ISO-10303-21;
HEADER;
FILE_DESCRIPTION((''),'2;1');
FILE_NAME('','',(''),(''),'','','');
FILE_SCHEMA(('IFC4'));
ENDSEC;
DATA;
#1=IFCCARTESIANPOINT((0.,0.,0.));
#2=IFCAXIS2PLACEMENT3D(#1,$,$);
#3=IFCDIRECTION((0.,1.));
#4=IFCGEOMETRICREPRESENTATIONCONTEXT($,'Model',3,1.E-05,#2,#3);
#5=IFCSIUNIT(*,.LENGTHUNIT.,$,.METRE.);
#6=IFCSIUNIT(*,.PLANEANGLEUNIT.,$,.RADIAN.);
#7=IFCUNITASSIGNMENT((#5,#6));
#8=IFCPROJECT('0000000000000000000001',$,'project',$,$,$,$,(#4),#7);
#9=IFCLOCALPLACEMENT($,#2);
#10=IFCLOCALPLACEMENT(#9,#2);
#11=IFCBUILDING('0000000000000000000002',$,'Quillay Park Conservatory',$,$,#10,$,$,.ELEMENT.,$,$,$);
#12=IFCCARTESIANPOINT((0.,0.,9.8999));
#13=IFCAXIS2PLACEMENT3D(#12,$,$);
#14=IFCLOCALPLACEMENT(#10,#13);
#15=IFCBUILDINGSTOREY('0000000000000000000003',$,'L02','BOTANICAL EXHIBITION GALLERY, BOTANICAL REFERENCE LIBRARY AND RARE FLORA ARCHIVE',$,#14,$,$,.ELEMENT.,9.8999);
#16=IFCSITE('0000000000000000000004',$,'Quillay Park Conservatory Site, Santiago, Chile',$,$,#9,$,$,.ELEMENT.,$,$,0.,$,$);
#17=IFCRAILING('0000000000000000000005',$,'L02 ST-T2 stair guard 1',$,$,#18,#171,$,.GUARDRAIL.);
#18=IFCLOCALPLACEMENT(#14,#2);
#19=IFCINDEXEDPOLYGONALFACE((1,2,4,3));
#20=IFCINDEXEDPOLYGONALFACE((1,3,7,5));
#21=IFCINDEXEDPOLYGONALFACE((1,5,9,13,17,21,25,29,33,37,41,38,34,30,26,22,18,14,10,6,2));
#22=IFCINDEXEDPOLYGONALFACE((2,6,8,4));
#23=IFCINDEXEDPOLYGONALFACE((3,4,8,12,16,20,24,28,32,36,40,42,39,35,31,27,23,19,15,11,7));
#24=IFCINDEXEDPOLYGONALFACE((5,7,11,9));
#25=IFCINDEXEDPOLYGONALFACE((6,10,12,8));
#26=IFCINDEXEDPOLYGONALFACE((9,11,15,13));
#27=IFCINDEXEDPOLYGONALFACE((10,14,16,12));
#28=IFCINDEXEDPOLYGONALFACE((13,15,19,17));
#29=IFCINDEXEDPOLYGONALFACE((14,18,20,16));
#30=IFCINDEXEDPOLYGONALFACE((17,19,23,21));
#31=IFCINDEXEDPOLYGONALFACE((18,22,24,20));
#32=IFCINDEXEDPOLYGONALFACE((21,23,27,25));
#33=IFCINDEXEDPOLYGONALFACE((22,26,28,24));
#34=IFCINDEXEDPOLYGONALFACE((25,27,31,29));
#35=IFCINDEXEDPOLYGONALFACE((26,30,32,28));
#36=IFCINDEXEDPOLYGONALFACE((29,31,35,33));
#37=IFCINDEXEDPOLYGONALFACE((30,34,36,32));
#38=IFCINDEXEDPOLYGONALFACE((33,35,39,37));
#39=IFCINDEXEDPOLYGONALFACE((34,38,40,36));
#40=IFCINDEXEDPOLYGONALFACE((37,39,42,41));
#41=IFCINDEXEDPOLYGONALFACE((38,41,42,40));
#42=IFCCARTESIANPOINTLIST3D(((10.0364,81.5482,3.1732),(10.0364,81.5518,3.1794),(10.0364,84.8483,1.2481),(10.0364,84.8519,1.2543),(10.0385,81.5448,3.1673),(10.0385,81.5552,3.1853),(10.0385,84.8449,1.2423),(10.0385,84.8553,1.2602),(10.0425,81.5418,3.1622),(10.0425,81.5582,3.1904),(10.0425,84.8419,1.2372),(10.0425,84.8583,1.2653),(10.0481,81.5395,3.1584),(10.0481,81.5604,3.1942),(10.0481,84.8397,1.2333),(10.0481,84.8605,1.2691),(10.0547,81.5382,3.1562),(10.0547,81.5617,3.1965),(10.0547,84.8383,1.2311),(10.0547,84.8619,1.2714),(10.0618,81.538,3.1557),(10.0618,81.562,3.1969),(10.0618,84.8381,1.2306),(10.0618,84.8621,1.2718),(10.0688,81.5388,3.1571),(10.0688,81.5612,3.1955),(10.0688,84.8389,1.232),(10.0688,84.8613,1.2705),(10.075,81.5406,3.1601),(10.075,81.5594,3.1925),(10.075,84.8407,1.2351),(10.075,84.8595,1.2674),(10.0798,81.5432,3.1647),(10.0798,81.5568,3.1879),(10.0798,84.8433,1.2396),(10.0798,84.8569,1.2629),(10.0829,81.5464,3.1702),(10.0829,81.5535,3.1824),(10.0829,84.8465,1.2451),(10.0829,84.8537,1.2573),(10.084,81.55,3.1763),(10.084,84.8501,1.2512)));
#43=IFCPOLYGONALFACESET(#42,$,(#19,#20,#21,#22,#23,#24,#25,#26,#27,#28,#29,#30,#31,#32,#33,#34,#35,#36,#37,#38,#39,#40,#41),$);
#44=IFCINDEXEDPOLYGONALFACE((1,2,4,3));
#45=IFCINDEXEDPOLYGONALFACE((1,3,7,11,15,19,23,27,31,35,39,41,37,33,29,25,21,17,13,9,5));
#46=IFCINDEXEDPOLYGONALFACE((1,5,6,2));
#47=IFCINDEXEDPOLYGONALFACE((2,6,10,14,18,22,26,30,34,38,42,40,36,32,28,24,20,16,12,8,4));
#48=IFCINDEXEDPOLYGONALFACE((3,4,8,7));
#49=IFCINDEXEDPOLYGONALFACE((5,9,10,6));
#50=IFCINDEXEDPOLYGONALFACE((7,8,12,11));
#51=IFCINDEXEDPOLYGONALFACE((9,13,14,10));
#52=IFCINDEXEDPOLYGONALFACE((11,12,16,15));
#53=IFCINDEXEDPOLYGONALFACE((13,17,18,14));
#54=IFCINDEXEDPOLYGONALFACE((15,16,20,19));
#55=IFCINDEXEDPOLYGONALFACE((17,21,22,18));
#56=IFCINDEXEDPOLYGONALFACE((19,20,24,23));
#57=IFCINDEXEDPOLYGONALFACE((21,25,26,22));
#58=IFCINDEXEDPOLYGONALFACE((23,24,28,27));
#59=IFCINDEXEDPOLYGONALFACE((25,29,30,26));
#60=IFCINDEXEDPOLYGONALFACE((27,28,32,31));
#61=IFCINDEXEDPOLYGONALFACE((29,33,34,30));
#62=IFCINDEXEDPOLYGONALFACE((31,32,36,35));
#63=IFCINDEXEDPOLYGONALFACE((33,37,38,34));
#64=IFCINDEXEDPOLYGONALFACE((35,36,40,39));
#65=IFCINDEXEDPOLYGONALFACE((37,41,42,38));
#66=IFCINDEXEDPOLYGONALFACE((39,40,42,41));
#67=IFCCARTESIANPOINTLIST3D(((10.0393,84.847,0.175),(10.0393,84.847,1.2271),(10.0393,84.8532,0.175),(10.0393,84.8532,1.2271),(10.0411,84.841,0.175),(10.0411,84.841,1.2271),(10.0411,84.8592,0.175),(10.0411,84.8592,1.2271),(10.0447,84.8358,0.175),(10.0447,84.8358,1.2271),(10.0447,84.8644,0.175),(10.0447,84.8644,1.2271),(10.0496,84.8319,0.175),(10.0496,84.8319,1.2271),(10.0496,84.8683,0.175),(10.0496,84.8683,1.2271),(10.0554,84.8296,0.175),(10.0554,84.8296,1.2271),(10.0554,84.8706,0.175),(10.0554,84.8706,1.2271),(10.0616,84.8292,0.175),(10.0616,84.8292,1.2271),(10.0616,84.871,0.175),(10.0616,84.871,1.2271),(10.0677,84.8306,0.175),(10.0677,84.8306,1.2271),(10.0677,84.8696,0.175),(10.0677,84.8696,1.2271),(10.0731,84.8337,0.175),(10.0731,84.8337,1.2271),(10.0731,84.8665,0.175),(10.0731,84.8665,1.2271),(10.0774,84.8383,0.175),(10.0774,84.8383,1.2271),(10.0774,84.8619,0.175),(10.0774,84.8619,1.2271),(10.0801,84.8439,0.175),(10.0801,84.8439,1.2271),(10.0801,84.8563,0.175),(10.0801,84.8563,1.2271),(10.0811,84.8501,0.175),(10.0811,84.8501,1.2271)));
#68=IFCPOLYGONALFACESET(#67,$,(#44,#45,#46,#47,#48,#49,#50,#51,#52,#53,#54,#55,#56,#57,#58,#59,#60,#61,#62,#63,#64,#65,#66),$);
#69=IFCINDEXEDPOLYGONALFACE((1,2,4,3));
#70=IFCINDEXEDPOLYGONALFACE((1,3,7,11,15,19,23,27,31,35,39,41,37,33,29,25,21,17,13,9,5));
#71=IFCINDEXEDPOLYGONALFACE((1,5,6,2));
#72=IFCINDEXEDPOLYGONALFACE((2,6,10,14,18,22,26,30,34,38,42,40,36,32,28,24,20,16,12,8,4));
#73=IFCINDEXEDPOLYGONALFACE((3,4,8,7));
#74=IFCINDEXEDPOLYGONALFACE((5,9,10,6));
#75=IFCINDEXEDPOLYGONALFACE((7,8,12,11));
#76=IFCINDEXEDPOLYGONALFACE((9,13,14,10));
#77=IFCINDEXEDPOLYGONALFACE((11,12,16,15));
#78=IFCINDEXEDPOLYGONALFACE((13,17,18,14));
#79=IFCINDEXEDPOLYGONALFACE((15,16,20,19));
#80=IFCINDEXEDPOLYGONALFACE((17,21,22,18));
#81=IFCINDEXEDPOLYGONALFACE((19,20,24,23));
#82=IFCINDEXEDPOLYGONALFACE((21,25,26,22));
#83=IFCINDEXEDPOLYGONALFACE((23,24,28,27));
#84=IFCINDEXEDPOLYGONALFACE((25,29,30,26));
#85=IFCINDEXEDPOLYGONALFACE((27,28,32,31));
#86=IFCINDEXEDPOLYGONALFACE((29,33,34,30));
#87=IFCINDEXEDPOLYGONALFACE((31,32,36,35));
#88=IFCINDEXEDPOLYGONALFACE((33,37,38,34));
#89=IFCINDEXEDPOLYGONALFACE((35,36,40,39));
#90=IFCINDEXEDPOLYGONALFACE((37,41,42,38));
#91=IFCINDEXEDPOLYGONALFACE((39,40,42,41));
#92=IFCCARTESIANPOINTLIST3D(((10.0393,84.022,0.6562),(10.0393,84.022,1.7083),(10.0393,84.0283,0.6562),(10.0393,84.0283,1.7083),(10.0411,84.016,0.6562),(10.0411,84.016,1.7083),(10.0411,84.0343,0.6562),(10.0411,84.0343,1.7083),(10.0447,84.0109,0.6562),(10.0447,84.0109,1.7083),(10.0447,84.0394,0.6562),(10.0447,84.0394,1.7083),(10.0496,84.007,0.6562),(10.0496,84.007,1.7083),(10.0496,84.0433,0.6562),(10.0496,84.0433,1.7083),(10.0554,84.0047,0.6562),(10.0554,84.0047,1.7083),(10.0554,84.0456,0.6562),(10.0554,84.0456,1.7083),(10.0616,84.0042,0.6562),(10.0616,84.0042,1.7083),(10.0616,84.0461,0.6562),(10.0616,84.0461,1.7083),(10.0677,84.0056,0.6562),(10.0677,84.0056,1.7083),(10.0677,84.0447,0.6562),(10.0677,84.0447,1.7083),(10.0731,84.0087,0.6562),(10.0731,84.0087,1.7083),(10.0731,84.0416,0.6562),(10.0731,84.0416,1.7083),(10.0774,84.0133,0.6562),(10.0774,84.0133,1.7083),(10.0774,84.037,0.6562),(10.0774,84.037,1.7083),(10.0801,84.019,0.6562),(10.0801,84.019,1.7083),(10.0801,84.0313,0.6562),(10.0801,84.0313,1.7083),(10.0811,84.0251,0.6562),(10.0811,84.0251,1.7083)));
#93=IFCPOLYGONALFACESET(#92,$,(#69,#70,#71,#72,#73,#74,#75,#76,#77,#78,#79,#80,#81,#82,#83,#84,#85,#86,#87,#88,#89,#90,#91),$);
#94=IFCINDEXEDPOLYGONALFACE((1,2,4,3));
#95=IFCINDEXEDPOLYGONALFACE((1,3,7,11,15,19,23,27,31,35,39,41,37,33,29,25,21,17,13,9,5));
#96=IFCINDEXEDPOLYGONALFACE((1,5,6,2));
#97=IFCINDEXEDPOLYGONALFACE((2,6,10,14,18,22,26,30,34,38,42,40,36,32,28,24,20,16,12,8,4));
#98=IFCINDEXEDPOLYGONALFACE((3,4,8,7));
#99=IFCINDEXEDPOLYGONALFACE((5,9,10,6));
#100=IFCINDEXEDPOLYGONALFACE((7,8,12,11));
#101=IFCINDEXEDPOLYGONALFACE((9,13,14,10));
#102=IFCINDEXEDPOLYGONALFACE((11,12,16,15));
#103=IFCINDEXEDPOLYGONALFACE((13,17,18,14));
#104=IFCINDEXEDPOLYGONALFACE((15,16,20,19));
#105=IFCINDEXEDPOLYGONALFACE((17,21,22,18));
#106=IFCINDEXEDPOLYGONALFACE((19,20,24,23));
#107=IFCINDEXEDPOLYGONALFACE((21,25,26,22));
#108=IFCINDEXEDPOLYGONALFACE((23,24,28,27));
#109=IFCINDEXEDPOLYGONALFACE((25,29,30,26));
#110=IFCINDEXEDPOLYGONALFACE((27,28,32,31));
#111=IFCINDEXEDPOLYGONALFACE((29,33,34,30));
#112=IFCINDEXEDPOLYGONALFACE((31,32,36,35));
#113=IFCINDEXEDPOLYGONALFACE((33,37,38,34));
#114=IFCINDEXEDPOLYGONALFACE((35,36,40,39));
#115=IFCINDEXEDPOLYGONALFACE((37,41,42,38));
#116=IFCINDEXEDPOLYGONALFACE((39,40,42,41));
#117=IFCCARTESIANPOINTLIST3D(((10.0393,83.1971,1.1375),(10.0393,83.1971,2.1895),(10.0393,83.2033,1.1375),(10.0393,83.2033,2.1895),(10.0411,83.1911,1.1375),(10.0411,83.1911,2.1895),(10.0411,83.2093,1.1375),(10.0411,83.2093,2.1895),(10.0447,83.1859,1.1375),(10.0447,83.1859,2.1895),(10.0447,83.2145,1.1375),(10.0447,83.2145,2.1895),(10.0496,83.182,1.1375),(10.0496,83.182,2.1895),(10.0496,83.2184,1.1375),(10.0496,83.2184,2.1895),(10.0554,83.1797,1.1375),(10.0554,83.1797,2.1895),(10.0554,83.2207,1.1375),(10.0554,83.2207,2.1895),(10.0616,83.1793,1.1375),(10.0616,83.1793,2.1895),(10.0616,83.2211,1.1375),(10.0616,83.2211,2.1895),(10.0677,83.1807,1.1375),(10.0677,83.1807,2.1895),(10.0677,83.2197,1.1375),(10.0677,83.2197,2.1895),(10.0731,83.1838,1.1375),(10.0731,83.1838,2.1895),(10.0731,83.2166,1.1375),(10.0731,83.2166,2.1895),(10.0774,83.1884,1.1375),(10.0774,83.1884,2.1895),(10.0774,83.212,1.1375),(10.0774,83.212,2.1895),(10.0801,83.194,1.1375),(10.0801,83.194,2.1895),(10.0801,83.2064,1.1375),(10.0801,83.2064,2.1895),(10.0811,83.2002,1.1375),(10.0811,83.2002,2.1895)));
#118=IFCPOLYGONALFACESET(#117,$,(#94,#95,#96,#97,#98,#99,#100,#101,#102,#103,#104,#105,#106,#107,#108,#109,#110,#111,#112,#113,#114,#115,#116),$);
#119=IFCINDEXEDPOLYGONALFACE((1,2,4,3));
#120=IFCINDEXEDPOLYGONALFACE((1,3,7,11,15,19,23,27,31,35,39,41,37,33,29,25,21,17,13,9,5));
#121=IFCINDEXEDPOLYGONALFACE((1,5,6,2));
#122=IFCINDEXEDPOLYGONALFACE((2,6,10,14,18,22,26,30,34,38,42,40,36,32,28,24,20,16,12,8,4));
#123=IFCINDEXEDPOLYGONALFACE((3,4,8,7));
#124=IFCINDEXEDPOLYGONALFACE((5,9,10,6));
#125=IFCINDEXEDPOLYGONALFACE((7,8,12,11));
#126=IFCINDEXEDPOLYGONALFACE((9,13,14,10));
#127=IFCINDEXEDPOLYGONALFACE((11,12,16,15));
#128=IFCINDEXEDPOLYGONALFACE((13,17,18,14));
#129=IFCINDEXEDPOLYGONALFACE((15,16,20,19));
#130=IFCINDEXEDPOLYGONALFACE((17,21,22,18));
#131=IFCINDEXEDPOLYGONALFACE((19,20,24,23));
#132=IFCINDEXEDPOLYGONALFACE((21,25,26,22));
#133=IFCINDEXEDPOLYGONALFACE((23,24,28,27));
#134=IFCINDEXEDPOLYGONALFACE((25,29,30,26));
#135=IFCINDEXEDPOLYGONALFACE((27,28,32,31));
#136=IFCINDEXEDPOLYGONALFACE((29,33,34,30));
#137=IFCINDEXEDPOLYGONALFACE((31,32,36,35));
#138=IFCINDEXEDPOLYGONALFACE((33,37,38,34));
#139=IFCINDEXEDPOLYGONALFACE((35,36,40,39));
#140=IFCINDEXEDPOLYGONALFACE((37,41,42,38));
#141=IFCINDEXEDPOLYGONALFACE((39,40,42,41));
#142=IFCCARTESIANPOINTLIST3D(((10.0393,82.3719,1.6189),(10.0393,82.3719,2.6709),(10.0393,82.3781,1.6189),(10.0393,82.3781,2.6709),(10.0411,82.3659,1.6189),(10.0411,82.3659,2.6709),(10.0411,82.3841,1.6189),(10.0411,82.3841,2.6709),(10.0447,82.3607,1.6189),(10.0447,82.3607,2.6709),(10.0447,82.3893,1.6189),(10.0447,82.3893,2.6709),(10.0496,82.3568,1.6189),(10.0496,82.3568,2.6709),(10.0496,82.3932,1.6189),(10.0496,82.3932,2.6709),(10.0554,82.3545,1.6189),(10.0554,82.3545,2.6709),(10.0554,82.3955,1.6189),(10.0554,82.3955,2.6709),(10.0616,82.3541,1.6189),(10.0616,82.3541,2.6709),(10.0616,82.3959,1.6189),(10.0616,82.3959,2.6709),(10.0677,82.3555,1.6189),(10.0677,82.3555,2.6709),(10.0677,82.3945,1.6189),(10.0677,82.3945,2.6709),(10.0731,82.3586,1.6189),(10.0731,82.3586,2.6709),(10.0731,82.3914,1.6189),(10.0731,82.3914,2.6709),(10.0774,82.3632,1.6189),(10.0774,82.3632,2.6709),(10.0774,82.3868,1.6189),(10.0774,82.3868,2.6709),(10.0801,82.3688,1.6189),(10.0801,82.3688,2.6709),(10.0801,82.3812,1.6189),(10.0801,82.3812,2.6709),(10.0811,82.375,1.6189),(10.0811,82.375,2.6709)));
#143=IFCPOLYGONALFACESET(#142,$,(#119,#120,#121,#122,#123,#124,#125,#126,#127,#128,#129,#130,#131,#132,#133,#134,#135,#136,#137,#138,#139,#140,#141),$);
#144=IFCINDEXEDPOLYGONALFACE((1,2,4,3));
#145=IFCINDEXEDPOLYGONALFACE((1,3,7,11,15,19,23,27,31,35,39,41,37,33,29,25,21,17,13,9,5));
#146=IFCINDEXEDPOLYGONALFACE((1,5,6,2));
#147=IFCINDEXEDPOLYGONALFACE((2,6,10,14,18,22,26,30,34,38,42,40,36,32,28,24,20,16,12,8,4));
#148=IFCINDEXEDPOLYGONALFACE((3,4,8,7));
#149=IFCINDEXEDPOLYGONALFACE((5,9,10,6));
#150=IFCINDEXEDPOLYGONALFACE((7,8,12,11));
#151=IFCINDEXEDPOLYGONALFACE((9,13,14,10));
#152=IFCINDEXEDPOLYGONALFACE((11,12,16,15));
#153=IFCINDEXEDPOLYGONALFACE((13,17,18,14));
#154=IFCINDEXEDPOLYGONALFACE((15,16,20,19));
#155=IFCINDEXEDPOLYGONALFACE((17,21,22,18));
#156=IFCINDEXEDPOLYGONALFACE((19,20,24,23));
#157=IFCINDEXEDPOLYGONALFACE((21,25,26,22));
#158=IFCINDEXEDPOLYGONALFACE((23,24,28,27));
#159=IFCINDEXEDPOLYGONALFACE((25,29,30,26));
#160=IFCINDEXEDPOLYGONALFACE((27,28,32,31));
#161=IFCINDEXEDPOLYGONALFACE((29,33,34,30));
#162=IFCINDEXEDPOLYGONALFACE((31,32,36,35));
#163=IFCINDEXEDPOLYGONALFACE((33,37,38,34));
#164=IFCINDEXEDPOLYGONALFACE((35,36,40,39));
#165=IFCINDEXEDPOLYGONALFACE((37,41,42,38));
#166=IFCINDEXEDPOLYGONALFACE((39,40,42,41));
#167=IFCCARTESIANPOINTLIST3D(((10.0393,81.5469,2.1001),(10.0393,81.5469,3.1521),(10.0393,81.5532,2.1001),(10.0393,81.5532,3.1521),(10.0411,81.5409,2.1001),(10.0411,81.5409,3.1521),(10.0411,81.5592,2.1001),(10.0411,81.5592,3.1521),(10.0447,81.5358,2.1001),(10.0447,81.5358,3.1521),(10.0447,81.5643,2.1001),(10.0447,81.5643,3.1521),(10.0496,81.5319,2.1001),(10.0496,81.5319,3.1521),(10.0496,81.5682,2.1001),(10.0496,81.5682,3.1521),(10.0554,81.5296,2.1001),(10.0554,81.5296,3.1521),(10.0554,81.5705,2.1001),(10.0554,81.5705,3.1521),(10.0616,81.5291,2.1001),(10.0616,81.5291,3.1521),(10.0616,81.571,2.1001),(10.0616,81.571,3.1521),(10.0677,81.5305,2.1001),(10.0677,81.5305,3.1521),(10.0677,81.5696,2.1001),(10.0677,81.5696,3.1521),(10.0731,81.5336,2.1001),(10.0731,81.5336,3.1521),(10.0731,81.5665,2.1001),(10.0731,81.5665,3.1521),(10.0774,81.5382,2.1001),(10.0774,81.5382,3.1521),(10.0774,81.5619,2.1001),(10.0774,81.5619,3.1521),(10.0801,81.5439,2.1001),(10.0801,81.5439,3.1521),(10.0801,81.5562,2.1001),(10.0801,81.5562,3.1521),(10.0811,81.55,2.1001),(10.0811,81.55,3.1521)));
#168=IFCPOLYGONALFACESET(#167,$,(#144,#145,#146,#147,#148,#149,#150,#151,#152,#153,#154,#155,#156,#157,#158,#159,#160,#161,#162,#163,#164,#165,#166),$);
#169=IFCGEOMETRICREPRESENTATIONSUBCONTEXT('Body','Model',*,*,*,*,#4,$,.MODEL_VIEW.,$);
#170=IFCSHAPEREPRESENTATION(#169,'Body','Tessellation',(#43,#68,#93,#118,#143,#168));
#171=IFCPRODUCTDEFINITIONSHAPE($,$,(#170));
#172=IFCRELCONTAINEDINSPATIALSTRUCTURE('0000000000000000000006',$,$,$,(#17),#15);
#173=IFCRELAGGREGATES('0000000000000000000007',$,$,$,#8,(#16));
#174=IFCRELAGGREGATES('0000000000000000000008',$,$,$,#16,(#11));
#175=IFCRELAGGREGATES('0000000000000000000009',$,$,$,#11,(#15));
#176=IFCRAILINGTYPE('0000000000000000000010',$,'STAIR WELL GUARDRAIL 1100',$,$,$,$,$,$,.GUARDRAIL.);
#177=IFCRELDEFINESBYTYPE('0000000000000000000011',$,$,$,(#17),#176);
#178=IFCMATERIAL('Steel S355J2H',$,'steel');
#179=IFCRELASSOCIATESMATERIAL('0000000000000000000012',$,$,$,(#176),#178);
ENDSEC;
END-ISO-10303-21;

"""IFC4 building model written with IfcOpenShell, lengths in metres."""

from ifc_helpers import new_model, si_unit, direction, frame, origin, origin_2d, place, context, subcontext, project, spatial, circle, extrude, material, type_object, element, save


model = new_model("IFC4")

# Units and contexts
model_context = context("Model", 3, precision=1e-05, world=origin(), true_north=direction((0.0, 1.0)))
body_context = subcontext(model_context, "Body", "Model", "MODEL_VIEW")
ifc_project = project(units=[si_unit("LENGTHUNIT", "METRE"), si_unit("PLANEANGLEUNIT", "RADIAN")], contexts=[model_context])

# Site, building, storey
site_placement = place(None, origin())
site = spatial("IfcSite", under=ifc_project, at=site_placement, Name="Quillay Park Conservatory Site, Santiago, Chile", CompositionType="ELEMENT", RefElevation=0.0)
building_placement = place(site_placement, origin())
building = spatial("IfcBuilding", under=site, at=building_placement, Name="Quillay Park Conservatory", CompositionType="ELEMENT")
storey_placement = place(building_placement, frame((0.0, 0.0, 9.8999)))
storey = spatial("IfcBuildingStorey", under=building, at=storey_placement, Name="L02", Description="BOTANICAL EXHIBITION GALLERY, BOTANICAL REFERENCE LIBRARY AND RARE FLORA ARCHIVE", CompositionType="ELEMENT", Elevation=9.8999)

# Railing
ifc_material_1 = material(Name="Steel S355J2H", Category="steel")
railing_type_1 = type_object("IfcRailingType", Name="STAIR WELL GUARDRAIL 1100", PredefinedType="GUARDRAIL", material=ifc_material_1)
railing_1_placement = place(storey_placement, frame((10.0601, 84.8501, 0.175)))
element("IfcRailing", 1, at=railing_1_placement, inside=storey, type_object=railing_type_1, Name="L02 ST-T2 stair guard 1", PredefinedType="GUARDRAIL", context=body_context, shape_type="SweptSolid", body=[
    extrude(circle(Radius=0.0239, at=origin_2d()), frame((0.0, 0.0, 1.0762), z_axis=(0.0, -0.863777, 0.503875), x_axis=(1.0, 0.0, 0.0)), (0.0, 0.0, 1.0), 3.8206),
    extrude(circle(Radius=0.021, at=origin_2d()), origin(), (0.0, 0.0, 1.0), 1.052),
    extrude(circle(Radius=0.021, at=origin_2d()), frame((0.0, -0.825, 0.4812)), (0.0, 0.0, 1.0), 1.052),
    extrude(circle(Radius=0.021, at=origin_2d()), frame((0.0, -1.6499, 0.9624)), (0.0, 0.0, 1.0), 1.052),
    extrude(circle(Radius=0.021, at=origin_2d()), frame((0.0, -2.4751, 1.4438)), (0.0, 0.0, 1.0), 1.052),
    extrude(circle(Radius=0.021, at=origin_2d()), frame((0.0, -3.3, 1.925)), (0.0, 0.0, 1.0), 1.052),
])

save(model, "model.ifc")
